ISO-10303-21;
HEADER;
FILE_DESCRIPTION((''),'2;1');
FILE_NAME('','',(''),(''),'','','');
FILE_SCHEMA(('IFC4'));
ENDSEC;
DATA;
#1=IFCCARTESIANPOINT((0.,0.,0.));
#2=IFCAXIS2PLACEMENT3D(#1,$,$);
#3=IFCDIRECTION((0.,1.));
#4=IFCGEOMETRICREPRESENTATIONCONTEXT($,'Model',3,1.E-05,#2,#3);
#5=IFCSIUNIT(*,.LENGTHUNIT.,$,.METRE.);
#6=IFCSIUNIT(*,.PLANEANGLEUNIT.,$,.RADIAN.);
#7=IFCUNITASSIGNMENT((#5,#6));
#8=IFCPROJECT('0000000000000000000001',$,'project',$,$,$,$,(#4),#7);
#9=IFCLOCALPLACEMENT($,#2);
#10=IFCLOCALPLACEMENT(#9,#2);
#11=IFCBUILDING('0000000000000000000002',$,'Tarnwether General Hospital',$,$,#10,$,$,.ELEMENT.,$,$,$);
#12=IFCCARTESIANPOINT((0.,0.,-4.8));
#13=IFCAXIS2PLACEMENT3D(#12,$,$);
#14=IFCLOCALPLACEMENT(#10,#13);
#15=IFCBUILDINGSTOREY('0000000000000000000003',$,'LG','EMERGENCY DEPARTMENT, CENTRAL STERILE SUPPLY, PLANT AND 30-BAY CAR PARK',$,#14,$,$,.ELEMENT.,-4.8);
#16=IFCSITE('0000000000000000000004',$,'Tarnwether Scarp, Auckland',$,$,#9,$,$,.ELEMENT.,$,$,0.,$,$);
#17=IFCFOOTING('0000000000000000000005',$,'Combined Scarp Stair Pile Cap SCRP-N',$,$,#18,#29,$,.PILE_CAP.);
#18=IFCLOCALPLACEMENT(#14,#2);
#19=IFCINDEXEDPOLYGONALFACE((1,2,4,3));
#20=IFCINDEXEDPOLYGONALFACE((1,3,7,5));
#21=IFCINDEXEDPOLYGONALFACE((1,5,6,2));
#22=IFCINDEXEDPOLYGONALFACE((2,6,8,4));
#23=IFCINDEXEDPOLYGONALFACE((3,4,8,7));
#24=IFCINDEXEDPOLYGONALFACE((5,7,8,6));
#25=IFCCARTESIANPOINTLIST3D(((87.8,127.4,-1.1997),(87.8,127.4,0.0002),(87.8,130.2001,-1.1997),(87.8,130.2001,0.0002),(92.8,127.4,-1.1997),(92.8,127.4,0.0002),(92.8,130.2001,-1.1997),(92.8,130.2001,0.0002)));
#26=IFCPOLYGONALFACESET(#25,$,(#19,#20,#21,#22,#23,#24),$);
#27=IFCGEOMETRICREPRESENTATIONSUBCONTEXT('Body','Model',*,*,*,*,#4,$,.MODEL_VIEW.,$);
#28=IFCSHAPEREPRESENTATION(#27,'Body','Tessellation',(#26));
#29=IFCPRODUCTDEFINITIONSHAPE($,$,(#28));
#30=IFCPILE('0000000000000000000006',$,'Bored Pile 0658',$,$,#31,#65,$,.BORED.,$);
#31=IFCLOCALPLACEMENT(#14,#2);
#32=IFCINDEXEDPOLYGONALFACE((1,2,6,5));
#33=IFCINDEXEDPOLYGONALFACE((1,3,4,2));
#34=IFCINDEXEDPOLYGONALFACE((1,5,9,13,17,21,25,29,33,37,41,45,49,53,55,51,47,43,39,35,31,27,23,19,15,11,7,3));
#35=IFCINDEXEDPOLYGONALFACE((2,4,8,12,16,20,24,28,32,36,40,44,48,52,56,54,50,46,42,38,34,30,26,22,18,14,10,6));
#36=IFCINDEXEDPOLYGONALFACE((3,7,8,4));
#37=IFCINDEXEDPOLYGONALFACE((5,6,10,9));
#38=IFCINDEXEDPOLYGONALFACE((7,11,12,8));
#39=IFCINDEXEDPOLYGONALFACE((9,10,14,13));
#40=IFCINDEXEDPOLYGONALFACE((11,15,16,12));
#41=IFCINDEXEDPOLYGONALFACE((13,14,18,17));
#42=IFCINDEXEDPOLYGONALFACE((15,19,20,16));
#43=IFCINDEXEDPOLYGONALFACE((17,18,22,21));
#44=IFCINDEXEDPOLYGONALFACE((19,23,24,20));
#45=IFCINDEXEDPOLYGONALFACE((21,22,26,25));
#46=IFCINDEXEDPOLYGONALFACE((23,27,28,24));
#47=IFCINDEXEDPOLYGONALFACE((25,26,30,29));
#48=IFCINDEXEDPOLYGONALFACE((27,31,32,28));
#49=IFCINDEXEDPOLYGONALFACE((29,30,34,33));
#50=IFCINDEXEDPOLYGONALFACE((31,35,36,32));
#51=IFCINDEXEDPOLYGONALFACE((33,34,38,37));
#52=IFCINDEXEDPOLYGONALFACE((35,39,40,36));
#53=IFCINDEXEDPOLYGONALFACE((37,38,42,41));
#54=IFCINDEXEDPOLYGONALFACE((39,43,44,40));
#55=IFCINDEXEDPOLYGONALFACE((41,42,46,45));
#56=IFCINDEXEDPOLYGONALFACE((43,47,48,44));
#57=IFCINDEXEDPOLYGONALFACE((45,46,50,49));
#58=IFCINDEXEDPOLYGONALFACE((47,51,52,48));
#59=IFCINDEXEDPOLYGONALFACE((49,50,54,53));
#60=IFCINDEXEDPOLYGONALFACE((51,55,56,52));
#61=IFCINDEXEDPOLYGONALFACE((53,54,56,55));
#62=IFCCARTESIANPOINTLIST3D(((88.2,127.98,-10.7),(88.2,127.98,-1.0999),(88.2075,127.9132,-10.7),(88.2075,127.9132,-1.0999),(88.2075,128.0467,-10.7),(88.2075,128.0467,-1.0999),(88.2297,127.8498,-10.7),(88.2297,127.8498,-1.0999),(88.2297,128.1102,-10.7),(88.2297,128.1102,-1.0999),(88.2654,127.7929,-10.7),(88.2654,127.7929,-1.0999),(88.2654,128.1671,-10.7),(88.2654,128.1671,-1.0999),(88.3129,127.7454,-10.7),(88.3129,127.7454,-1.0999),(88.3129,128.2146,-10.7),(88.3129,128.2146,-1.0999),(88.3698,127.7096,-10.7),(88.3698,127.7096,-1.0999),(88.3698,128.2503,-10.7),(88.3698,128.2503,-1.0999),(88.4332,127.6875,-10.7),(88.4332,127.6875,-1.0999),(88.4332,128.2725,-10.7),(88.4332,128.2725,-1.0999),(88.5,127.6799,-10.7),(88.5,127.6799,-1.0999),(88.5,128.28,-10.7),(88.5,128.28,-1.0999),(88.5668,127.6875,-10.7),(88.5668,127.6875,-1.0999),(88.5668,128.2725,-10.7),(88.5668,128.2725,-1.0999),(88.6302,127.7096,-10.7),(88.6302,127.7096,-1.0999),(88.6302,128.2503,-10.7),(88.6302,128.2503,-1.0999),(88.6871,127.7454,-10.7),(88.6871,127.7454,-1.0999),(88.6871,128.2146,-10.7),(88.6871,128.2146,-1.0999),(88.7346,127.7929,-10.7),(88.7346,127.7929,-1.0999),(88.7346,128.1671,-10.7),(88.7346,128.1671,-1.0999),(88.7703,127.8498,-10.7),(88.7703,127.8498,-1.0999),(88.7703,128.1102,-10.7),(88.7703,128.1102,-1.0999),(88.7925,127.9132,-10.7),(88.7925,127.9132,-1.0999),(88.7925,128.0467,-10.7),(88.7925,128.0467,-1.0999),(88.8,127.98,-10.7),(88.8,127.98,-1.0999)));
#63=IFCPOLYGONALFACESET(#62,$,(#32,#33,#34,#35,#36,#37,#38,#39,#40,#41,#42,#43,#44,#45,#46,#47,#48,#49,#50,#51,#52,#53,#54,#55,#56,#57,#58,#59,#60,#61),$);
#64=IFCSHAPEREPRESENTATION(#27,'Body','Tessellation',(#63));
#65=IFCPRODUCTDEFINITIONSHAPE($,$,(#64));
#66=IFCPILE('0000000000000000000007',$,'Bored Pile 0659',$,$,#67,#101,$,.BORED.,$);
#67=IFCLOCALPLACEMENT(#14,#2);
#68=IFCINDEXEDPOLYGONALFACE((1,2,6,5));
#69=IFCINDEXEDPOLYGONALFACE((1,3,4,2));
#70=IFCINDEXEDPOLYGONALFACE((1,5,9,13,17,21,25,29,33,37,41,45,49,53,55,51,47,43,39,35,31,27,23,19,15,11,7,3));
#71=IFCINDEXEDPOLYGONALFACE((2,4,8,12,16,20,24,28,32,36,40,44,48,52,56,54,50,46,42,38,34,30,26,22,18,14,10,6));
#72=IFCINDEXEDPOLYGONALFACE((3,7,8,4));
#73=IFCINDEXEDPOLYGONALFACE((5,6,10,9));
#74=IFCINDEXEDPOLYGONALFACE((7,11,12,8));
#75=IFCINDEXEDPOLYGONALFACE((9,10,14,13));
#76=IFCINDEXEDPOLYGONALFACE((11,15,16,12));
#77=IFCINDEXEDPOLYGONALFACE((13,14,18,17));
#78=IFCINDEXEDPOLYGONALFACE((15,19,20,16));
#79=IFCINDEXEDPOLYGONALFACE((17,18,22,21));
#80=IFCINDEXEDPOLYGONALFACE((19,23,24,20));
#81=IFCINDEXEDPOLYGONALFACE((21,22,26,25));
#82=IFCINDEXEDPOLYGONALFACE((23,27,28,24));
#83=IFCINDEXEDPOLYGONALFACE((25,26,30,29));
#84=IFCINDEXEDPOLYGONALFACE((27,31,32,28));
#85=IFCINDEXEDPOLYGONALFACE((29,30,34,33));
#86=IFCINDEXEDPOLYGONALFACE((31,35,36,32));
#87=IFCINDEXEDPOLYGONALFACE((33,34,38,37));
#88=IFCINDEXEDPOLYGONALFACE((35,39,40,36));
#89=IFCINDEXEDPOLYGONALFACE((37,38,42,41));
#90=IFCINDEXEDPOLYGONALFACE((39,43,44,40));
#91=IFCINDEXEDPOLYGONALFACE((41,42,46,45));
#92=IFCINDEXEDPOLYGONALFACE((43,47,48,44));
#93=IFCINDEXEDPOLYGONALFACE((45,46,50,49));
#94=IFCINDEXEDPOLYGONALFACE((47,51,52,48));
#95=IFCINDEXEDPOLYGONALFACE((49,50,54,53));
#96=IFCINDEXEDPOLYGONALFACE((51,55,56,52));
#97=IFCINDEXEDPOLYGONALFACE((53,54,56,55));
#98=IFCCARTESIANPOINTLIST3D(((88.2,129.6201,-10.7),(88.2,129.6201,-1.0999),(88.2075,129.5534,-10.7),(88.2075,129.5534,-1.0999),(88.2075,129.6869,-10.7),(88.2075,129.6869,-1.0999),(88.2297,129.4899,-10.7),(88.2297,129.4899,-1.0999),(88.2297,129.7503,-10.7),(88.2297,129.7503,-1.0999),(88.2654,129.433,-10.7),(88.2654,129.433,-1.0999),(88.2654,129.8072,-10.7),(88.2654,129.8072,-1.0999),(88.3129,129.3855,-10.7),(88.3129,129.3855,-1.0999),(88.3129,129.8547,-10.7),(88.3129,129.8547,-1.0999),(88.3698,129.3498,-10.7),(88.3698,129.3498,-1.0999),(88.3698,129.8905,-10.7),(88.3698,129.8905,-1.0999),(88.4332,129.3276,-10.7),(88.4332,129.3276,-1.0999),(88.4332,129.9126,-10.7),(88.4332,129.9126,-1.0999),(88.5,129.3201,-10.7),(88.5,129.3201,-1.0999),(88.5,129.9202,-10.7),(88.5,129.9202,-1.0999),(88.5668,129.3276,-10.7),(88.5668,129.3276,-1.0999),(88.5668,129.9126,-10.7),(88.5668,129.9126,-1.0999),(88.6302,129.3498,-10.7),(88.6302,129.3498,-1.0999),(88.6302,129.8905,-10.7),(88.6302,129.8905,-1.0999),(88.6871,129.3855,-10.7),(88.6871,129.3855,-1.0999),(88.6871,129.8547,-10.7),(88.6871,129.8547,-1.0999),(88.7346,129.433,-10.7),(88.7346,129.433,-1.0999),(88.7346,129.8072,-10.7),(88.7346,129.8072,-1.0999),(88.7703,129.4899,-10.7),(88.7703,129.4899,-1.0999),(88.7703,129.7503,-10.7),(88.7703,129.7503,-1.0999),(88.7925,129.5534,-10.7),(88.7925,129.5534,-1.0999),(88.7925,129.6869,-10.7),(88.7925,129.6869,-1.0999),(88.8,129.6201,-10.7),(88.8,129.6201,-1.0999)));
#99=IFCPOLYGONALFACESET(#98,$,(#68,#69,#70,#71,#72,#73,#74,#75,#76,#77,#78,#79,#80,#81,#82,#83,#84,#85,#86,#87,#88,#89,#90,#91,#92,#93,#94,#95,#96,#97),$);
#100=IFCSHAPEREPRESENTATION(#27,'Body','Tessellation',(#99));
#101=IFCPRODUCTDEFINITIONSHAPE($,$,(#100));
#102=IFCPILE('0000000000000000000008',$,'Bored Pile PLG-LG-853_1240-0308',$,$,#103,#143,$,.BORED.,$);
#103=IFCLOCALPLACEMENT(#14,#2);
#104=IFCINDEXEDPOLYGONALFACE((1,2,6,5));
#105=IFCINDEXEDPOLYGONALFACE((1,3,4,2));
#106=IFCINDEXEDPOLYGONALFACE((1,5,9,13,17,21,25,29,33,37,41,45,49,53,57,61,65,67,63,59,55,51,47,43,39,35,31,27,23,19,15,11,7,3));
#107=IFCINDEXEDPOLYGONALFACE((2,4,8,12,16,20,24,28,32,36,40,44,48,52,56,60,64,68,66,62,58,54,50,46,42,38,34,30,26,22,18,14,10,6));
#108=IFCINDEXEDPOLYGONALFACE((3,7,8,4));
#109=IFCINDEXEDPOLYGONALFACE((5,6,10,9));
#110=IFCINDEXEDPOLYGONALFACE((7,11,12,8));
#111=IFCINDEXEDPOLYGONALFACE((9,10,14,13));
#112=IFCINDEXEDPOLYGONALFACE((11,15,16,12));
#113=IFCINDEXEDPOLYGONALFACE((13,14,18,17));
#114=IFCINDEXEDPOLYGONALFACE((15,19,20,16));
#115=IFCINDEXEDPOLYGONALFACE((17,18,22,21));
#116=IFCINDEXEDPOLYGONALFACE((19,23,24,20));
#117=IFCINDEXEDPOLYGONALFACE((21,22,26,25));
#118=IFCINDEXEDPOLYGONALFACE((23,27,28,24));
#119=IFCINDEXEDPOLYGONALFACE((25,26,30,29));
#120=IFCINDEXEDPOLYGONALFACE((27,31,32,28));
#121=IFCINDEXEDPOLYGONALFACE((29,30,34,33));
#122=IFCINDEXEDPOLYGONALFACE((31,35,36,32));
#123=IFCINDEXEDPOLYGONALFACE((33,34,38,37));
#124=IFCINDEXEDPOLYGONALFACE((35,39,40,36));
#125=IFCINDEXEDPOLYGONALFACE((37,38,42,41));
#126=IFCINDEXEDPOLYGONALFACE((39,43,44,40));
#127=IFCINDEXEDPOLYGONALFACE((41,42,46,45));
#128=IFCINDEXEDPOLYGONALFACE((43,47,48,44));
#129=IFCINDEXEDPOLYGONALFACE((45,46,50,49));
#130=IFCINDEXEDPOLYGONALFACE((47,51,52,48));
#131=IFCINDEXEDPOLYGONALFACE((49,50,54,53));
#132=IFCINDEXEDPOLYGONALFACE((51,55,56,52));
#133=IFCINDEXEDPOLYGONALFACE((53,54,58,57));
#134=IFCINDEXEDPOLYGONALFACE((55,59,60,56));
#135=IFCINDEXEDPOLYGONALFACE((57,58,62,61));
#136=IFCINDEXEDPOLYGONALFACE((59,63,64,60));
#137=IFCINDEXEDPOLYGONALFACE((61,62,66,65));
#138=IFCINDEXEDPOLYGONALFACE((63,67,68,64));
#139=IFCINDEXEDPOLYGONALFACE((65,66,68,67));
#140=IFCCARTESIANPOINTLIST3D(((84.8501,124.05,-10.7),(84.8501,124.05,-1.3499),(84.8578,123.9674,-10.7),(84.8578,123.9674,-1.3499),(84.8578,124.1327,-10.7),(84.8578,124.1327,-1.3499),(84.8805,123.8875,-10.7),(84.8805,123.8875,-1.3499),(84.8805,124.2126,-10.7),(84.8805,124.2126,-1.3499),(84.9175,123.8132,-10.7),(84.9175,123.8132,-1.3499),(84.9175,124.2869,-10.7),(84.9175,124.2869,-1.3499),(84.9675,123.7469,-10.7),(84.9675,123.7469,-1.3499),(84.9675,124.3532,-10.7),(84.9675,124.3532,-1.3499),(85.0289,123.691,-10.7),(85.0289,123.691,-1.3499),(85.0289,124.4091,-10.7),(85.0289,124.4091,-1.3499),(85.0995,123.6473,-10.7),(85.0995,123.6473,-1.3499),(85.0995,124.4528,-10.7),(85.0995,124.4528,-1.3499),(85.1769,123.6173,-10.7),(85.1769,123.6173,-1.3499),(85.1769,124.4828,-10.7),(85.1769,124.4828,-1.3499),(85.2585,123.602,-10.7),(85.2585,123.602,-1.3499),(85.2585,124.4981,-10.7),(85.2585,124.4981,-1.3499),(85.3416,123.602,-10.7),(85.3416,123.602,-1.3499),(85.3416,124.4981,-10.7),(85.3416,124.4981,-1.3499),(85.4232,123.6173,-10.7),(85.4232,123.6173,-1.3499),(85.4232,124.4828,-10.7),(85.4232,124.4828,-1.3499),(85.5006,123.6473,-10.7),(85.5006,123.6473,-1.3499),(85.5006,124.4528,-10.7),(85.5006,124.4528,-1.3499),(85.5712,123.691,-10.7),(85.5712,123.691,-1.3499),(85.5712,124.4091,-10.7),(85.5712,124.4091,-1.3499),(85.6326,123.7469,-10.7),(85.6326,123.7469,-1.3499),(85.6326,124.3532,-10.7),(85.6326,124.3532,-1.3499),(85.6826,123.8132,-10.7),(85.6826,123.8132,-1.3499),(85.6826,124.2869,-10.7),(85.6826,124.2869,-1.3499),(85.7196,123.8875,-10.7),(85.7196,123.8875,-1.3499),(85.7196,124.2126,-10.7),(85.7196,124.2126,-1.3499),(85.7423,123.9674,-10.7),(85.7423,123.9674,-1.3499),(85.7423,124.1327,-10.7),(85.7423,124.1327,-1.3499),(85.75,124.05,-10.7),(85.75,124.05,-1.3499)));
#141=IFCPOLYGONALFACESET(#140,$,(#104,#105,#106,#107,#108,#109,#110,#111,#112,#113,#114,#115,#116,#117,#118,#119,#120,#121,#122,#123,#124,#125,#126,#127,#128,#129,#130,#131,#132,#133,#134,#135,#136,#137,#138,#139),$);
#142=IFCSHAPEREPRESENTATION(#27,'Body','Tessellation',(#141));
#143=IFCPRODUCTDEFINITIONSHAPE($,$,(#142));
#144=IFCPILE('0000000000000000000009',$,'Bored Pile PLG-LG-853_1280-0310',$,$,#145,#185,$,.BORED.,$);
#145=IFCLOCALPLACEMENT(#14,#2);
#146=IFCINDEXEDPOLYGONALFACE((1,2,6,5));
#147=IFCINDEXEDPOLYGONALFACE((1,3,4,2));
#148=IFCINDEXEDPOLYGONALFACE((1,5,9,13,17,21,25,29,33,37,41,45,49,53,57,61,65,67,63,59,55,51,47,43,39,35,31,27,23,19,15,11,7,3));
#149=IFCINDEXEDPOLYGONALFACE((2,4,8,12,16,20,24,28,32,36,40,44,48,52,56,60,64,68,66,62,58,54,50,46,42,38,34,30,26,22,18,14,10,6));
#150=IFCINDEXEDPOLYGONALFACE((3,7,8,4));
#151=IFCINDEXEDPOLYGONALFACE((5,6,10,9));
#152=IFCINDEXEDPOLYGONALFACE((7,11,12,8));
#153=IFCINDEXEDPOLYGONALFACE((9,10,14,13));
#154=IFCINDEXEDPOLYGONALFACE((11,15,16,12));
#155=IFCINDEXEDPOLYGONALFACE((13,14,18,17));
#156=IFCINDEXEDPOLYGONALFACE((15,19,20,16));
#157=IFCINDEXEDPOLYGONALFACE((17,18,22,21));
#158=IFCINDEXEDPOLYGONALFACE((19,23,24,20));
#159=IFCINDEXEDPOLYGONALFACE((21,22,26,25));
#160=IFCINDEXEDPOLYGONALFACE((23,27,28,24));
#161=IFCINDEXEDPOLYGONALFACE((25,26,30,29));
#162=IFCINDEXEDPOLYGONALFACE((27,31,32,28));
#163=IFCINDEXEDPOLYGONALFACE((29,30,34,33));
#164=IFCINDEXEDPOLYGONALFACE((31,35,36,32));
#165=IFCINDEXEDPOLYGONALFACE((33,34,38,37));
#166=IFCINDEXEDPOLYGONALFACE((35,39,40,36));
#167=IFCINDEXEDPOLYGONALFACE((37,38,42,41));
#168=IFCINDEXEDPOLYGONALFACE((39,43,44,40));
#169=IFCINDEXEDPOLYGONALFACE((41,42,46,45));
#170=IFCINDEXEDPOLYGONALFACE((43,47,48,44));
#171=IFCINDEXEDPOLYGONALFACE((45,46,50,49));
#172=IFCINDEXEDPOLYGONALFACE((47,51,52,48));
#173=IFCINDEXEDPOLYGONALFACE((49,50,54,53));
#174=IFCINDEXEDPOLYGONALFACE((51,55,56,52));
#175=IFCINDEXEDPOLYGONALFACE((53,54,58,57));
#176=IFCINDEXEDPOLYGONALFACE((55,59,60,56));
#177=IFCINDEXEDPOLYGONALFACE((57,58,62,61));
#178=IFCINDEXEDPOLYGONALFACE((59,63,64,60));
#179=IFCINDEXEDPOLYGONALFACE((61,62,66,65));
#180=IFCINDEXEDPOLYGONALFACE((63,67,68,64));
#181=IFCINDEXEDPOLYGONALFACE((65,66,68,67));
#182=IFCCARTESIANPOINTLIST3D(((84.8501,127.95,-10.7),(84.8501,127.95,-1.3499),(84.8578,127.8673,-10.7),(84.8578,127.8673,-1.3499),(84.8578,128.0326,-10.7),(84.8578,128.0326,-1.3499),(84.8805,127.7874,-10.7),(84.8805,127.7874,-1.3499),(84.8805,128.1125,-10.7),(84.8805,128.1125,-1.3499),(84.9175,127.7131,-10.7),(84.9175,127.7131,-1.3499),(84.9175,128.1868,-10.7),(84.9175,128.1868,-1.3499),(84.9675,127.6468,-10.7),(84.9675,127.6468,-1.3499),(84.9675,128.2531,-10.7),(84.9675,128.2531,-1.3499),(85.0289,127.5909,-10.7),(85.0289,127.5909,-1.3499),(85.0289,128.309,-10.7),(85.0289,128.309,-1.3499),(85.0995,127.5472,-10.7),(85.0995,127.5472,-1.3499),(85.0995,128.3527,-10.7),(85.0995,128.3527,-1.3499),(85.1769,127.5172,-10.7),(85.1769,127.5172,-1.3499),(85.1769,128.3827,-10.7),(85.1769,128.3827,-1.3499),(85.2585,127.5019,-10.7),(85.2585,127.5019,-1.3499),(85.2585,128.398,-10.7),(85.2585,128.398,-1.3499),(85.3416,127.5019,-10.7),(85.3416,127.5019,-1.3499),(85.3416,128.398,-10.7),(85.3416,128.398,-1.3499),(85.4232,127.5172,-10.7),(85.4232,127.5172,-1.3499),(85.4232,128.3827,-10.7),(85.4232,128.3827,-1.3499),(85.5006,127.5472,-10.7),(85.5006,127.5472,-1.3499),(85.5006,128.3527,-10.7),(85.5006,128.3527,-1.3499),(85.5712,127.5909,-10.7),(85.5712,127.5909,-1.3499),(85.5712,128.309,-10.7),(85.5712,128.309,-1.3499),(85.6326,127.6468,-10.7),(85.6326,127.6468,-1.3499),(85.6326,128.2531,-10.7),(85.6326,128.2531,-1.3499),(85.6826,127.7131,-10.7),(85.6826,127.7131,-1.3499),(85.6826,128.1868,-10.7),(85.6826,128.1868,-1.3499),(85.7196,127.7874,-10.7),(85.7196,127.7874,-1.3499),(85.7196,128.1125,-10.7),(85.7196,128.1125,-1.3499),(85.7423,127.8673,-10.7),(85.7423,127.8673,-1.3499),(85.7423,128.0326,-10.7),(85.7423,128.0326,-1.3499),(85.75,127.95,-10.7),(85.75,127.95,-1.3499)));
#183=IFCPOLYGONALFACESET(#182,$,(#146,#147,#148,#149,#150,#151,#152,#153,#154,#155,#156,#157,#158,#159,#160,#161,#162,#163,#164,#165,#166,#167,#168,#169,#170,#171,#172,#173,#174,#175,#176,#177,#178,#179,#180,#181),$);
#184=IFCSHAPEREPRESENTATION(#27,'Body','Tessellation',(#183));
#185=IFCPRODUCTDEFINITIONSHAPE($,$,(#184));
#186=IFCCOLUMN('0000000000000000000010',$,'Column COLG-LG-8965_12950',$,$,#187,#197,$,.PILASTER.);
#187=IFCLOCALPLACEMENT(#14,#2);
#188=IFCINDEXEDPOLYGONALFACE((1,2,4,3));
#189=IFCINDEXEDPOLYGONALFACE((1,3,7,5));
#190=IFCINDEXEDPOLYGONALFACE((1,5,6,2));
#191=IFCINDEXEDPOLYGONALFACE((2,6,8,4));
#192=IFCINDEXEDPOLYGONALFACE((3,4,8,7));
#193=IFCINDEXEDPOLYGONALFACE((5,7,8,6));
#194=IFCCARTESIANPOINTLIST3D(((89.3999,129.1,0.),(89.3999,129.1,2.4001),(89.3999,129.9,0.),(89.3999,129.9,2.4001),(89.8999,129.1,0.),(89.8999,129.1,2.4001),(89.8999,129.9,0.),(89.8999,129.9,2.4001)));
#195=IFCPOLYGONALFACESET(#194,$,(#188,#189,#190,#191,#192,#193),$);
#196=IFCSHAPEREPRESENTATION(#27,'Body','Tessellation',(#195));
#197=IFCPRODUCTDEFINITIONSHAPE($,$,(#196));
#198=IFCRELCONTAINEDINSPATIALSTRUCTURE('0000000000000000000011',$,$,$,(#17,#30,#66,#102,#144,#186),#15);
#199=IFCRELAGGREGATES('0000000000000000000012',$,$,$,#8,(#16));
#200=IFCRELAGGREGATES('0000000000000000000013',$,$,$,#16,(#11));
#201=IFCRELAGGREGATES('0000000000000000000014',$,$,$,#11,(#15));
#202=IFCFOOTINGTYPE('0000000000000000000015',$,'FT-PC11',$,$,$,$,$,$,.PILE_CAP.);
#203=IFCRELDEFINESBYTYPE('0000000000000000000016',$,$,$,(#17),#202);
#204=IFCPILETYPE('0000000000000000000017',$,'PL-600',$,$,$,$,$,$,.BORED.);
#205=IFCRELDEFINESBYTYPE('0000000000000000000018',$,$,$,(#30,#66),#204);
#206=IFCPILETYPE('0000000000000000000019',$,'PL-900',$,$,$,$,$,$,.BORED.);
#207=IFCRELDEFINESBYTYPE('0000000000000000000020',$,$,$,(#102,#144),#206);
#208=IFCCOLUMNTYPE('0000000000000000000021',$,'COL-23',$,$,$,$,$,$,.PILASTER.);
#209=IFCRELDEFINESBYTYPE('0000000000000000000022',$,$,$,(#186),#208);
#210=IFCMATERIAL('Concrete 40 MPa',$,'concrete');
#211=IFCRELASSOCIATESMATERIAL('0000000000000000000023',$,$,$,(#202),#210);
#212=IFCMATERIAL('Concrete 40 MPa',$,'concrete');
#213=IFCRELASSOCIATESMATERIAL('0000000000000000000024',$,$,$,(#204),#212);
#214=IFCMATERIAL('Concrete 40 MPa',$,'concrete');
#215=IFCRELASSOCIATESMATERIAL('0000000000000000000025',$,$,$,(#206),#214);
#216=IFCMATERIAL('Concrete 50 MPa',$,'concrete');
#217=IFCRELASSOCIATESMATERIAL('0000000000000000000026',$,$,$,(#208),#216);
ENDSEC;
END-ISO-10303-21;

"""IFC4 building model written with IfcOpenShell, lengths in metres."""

from ifc_helpers import new_model, si_unit, direction, frame, origin, origin_2d, place, context, subcontext, project, spatial, rectangle, circle, extrude, material, material_profile, profile_set, type_object, element, save


model = new_model("IFC4")

# Units and contexts
model_context = context("Model", 3, precision=1e-05, world=origin(), true_north=direction((0.0, 1.0)))
body_context = subcontext(model_context, "Body", "Model", "MODEL_VIEW")
ifc_project = project(units=[si_unit("LENGTHUNIT", "METRE"), si_unit("PLANEANGLEUNIT", "RADIAN")], contexts=[model_context])

# Site, building, storey
site_placement = place(None, origin())
site = spatial("IfcSite", under=ifc_project, at=site_placement, Name="Tarnwether Scarp, Auckland", CompositionType="ELEMENT", RefElevation=0.0)
building_placement = place(site_placement, origin())
building = spatial("IfcBuilding", under=site, at=building_placement, Name="Tarnwether General Hospital", CompositionType="ELEMENT")
storey_placement = place(building_placement, frame((0.0, 0.0, -4.8)))
storey = spatial("IfcBuildingStorey", under=building, at=storey_placement, Name="LG", Description="EMERGENCY DEPARTMENT, CENTRAL STERILE SUPPLY, PLANT AND 30-BAY CAR PARK", CompositionType="ELEMENT", Elevation=-4.8)

# Footing
ifc_material_1 = material(Name="Concrete 40 MPa", Category="concrete")
footing_type = type_object("IfcFootingType", Name="FT-PC11", PredefinedType="PILE_CAP", material=ifc_material_1)
footing_placement = place(storey_placement, frame((90.3, 128.8, -1.1997), z_axis=(0.0, 0.0, 1.0), x_axis=(1.0, 0.0, 0.0)))
element("IfcFooting", 1, at=footing_placement, inside=storey, type_object=footing_type, Name="Combined Scarp Stair Pile Cap SCRP-N", PredefinedType="PILE_CAP", context=body_context, shape_type="SweptSolid", body=[
    extrude(rectangle(XDim=5.0, YDim=2.8, at=origin_2d()), origin(), (0.0, 0.0, 1.0), 1.2),
])

# Piles
ifc_material_2 = material(Name="Concrete 40 MPa", Category="concrete")
ifc_material_profile_1 = material_profile(ifc_material_2, circle(Radius=0.3, at=origin_2d()), Name="PILE-D600")
ifc_profile_set_1 = profile_set([ifc_material_profile_1], Name="Concrete 40 MPa")
pile_type_1 = type_object("IfcPileType", Name="PL-600", PredefinedType="BORED", material=ifc_profile_set_1)
for number, where, z_axis, x_axis, name in (
    (2, (88.5, 127.98, -1.0999), (0.0, 0.0, -1.0), (1.0, 0.0, 0.0), "Bored Pile 0658"),
    (3, (88.5, 129.6201, -1.0999), (0.0, 0.0, -1.0), (1.0, 0.0, 0.0), "Bored Pile 0659"),
):
    element("IfcPile", number, at=place(storey_placement, frame(where, z_axis=z_axis, x_axis=x_axis)), inside=storey, type_object=pile_type_1, Name=name, PredefinedType="BORED", context=body_context, shape_type="SweptSolid", body=[
        extrude(circle(Radius=0.3, at=origin_2d()), origin(), (0.0, 0.0, 1.0), 9.6001),
    ])
ifc_material_3 = material(Name="Concrete 40 MPa", Category="concrete")
ifc_material_profile_2 = material_profile(ifc_material_3, circle(Radius=0.45, at=origin_2d()), Name="PILE-D900")
ifc_profile_set_2 = profile_set([ifc_material_profile_2], Name="Concrete 40 MPa")
pile_type_2 = type_object("IfcPileType", Name="PL-900", PredefinedType="BORED", material=ifc_profile_set_2)
for number, where, z_axis, x_axis, name in (
    (4, (85.3, 124.05, -1.3499), (0.0, 0.0, -1.0), (1.0, 0.0, 0.0), "Bored Pile PLG-LG-853_1240-0308"),
    (5, (85.3, 127.95, -1.3499), (0.0, 0.0, -1.0), (1.0, 0.0, 0.0), "Bored Pile PLG-LG-853_1280-0310"),
):
    element("IfcPile", number, at=place(storey_placement, frame(where, z_axis=z_axis, x_axis=x_axis)), inside=storey, type_object=pile_type_2, Name=name, PredefinedType="BORED", context=body_context, shape_type="SweptSolid", body=[
        extrude(circle(Radius=0.45, at=origin_2d()), origin(), (0.0, 0.0, 1.0), 9.3501),
    ])

# Column
ifc_material_4 = material(Name="Concrete 50 MPa", Category="concrete")
ifc_material_profile_3 = material_profile(ifc_material_4, rectangle(XDim=0.5, YDim=0.8, at=origin_2d()), Name="RC-PIL-500x800")
ifc_profile_set_3 = profile_set([ifc_material_profile_3], Name="Concrete 50 MPa")
column_type_1 = type_object("IfcColumnType", Name="COL-23", PredefinedType="PILASTER", material=ifc_profile_set_3)
column_1_placement = place(storey_placement, frame((89.6499, 129.5, 0.0), z_axis=(0.0, 0.0, 1.0), x_axis=(1.0, 0.0, 0.0)))
element("IfcColumn", 6, at=column_1_placement, inside=storey, type_object=column_type_1, Name="Column COLG-LG-8965_12950", PredefinedType="PILASTER", context=body_context, shape_type="SweptSolid", body=[
    extrude(rectangle(XDim=0.5, YDim=0.8, at=origin_2d()), origin(), (0.0, 0.0, 1.0), 2.4001),
])

save(model, "model.ifc")
